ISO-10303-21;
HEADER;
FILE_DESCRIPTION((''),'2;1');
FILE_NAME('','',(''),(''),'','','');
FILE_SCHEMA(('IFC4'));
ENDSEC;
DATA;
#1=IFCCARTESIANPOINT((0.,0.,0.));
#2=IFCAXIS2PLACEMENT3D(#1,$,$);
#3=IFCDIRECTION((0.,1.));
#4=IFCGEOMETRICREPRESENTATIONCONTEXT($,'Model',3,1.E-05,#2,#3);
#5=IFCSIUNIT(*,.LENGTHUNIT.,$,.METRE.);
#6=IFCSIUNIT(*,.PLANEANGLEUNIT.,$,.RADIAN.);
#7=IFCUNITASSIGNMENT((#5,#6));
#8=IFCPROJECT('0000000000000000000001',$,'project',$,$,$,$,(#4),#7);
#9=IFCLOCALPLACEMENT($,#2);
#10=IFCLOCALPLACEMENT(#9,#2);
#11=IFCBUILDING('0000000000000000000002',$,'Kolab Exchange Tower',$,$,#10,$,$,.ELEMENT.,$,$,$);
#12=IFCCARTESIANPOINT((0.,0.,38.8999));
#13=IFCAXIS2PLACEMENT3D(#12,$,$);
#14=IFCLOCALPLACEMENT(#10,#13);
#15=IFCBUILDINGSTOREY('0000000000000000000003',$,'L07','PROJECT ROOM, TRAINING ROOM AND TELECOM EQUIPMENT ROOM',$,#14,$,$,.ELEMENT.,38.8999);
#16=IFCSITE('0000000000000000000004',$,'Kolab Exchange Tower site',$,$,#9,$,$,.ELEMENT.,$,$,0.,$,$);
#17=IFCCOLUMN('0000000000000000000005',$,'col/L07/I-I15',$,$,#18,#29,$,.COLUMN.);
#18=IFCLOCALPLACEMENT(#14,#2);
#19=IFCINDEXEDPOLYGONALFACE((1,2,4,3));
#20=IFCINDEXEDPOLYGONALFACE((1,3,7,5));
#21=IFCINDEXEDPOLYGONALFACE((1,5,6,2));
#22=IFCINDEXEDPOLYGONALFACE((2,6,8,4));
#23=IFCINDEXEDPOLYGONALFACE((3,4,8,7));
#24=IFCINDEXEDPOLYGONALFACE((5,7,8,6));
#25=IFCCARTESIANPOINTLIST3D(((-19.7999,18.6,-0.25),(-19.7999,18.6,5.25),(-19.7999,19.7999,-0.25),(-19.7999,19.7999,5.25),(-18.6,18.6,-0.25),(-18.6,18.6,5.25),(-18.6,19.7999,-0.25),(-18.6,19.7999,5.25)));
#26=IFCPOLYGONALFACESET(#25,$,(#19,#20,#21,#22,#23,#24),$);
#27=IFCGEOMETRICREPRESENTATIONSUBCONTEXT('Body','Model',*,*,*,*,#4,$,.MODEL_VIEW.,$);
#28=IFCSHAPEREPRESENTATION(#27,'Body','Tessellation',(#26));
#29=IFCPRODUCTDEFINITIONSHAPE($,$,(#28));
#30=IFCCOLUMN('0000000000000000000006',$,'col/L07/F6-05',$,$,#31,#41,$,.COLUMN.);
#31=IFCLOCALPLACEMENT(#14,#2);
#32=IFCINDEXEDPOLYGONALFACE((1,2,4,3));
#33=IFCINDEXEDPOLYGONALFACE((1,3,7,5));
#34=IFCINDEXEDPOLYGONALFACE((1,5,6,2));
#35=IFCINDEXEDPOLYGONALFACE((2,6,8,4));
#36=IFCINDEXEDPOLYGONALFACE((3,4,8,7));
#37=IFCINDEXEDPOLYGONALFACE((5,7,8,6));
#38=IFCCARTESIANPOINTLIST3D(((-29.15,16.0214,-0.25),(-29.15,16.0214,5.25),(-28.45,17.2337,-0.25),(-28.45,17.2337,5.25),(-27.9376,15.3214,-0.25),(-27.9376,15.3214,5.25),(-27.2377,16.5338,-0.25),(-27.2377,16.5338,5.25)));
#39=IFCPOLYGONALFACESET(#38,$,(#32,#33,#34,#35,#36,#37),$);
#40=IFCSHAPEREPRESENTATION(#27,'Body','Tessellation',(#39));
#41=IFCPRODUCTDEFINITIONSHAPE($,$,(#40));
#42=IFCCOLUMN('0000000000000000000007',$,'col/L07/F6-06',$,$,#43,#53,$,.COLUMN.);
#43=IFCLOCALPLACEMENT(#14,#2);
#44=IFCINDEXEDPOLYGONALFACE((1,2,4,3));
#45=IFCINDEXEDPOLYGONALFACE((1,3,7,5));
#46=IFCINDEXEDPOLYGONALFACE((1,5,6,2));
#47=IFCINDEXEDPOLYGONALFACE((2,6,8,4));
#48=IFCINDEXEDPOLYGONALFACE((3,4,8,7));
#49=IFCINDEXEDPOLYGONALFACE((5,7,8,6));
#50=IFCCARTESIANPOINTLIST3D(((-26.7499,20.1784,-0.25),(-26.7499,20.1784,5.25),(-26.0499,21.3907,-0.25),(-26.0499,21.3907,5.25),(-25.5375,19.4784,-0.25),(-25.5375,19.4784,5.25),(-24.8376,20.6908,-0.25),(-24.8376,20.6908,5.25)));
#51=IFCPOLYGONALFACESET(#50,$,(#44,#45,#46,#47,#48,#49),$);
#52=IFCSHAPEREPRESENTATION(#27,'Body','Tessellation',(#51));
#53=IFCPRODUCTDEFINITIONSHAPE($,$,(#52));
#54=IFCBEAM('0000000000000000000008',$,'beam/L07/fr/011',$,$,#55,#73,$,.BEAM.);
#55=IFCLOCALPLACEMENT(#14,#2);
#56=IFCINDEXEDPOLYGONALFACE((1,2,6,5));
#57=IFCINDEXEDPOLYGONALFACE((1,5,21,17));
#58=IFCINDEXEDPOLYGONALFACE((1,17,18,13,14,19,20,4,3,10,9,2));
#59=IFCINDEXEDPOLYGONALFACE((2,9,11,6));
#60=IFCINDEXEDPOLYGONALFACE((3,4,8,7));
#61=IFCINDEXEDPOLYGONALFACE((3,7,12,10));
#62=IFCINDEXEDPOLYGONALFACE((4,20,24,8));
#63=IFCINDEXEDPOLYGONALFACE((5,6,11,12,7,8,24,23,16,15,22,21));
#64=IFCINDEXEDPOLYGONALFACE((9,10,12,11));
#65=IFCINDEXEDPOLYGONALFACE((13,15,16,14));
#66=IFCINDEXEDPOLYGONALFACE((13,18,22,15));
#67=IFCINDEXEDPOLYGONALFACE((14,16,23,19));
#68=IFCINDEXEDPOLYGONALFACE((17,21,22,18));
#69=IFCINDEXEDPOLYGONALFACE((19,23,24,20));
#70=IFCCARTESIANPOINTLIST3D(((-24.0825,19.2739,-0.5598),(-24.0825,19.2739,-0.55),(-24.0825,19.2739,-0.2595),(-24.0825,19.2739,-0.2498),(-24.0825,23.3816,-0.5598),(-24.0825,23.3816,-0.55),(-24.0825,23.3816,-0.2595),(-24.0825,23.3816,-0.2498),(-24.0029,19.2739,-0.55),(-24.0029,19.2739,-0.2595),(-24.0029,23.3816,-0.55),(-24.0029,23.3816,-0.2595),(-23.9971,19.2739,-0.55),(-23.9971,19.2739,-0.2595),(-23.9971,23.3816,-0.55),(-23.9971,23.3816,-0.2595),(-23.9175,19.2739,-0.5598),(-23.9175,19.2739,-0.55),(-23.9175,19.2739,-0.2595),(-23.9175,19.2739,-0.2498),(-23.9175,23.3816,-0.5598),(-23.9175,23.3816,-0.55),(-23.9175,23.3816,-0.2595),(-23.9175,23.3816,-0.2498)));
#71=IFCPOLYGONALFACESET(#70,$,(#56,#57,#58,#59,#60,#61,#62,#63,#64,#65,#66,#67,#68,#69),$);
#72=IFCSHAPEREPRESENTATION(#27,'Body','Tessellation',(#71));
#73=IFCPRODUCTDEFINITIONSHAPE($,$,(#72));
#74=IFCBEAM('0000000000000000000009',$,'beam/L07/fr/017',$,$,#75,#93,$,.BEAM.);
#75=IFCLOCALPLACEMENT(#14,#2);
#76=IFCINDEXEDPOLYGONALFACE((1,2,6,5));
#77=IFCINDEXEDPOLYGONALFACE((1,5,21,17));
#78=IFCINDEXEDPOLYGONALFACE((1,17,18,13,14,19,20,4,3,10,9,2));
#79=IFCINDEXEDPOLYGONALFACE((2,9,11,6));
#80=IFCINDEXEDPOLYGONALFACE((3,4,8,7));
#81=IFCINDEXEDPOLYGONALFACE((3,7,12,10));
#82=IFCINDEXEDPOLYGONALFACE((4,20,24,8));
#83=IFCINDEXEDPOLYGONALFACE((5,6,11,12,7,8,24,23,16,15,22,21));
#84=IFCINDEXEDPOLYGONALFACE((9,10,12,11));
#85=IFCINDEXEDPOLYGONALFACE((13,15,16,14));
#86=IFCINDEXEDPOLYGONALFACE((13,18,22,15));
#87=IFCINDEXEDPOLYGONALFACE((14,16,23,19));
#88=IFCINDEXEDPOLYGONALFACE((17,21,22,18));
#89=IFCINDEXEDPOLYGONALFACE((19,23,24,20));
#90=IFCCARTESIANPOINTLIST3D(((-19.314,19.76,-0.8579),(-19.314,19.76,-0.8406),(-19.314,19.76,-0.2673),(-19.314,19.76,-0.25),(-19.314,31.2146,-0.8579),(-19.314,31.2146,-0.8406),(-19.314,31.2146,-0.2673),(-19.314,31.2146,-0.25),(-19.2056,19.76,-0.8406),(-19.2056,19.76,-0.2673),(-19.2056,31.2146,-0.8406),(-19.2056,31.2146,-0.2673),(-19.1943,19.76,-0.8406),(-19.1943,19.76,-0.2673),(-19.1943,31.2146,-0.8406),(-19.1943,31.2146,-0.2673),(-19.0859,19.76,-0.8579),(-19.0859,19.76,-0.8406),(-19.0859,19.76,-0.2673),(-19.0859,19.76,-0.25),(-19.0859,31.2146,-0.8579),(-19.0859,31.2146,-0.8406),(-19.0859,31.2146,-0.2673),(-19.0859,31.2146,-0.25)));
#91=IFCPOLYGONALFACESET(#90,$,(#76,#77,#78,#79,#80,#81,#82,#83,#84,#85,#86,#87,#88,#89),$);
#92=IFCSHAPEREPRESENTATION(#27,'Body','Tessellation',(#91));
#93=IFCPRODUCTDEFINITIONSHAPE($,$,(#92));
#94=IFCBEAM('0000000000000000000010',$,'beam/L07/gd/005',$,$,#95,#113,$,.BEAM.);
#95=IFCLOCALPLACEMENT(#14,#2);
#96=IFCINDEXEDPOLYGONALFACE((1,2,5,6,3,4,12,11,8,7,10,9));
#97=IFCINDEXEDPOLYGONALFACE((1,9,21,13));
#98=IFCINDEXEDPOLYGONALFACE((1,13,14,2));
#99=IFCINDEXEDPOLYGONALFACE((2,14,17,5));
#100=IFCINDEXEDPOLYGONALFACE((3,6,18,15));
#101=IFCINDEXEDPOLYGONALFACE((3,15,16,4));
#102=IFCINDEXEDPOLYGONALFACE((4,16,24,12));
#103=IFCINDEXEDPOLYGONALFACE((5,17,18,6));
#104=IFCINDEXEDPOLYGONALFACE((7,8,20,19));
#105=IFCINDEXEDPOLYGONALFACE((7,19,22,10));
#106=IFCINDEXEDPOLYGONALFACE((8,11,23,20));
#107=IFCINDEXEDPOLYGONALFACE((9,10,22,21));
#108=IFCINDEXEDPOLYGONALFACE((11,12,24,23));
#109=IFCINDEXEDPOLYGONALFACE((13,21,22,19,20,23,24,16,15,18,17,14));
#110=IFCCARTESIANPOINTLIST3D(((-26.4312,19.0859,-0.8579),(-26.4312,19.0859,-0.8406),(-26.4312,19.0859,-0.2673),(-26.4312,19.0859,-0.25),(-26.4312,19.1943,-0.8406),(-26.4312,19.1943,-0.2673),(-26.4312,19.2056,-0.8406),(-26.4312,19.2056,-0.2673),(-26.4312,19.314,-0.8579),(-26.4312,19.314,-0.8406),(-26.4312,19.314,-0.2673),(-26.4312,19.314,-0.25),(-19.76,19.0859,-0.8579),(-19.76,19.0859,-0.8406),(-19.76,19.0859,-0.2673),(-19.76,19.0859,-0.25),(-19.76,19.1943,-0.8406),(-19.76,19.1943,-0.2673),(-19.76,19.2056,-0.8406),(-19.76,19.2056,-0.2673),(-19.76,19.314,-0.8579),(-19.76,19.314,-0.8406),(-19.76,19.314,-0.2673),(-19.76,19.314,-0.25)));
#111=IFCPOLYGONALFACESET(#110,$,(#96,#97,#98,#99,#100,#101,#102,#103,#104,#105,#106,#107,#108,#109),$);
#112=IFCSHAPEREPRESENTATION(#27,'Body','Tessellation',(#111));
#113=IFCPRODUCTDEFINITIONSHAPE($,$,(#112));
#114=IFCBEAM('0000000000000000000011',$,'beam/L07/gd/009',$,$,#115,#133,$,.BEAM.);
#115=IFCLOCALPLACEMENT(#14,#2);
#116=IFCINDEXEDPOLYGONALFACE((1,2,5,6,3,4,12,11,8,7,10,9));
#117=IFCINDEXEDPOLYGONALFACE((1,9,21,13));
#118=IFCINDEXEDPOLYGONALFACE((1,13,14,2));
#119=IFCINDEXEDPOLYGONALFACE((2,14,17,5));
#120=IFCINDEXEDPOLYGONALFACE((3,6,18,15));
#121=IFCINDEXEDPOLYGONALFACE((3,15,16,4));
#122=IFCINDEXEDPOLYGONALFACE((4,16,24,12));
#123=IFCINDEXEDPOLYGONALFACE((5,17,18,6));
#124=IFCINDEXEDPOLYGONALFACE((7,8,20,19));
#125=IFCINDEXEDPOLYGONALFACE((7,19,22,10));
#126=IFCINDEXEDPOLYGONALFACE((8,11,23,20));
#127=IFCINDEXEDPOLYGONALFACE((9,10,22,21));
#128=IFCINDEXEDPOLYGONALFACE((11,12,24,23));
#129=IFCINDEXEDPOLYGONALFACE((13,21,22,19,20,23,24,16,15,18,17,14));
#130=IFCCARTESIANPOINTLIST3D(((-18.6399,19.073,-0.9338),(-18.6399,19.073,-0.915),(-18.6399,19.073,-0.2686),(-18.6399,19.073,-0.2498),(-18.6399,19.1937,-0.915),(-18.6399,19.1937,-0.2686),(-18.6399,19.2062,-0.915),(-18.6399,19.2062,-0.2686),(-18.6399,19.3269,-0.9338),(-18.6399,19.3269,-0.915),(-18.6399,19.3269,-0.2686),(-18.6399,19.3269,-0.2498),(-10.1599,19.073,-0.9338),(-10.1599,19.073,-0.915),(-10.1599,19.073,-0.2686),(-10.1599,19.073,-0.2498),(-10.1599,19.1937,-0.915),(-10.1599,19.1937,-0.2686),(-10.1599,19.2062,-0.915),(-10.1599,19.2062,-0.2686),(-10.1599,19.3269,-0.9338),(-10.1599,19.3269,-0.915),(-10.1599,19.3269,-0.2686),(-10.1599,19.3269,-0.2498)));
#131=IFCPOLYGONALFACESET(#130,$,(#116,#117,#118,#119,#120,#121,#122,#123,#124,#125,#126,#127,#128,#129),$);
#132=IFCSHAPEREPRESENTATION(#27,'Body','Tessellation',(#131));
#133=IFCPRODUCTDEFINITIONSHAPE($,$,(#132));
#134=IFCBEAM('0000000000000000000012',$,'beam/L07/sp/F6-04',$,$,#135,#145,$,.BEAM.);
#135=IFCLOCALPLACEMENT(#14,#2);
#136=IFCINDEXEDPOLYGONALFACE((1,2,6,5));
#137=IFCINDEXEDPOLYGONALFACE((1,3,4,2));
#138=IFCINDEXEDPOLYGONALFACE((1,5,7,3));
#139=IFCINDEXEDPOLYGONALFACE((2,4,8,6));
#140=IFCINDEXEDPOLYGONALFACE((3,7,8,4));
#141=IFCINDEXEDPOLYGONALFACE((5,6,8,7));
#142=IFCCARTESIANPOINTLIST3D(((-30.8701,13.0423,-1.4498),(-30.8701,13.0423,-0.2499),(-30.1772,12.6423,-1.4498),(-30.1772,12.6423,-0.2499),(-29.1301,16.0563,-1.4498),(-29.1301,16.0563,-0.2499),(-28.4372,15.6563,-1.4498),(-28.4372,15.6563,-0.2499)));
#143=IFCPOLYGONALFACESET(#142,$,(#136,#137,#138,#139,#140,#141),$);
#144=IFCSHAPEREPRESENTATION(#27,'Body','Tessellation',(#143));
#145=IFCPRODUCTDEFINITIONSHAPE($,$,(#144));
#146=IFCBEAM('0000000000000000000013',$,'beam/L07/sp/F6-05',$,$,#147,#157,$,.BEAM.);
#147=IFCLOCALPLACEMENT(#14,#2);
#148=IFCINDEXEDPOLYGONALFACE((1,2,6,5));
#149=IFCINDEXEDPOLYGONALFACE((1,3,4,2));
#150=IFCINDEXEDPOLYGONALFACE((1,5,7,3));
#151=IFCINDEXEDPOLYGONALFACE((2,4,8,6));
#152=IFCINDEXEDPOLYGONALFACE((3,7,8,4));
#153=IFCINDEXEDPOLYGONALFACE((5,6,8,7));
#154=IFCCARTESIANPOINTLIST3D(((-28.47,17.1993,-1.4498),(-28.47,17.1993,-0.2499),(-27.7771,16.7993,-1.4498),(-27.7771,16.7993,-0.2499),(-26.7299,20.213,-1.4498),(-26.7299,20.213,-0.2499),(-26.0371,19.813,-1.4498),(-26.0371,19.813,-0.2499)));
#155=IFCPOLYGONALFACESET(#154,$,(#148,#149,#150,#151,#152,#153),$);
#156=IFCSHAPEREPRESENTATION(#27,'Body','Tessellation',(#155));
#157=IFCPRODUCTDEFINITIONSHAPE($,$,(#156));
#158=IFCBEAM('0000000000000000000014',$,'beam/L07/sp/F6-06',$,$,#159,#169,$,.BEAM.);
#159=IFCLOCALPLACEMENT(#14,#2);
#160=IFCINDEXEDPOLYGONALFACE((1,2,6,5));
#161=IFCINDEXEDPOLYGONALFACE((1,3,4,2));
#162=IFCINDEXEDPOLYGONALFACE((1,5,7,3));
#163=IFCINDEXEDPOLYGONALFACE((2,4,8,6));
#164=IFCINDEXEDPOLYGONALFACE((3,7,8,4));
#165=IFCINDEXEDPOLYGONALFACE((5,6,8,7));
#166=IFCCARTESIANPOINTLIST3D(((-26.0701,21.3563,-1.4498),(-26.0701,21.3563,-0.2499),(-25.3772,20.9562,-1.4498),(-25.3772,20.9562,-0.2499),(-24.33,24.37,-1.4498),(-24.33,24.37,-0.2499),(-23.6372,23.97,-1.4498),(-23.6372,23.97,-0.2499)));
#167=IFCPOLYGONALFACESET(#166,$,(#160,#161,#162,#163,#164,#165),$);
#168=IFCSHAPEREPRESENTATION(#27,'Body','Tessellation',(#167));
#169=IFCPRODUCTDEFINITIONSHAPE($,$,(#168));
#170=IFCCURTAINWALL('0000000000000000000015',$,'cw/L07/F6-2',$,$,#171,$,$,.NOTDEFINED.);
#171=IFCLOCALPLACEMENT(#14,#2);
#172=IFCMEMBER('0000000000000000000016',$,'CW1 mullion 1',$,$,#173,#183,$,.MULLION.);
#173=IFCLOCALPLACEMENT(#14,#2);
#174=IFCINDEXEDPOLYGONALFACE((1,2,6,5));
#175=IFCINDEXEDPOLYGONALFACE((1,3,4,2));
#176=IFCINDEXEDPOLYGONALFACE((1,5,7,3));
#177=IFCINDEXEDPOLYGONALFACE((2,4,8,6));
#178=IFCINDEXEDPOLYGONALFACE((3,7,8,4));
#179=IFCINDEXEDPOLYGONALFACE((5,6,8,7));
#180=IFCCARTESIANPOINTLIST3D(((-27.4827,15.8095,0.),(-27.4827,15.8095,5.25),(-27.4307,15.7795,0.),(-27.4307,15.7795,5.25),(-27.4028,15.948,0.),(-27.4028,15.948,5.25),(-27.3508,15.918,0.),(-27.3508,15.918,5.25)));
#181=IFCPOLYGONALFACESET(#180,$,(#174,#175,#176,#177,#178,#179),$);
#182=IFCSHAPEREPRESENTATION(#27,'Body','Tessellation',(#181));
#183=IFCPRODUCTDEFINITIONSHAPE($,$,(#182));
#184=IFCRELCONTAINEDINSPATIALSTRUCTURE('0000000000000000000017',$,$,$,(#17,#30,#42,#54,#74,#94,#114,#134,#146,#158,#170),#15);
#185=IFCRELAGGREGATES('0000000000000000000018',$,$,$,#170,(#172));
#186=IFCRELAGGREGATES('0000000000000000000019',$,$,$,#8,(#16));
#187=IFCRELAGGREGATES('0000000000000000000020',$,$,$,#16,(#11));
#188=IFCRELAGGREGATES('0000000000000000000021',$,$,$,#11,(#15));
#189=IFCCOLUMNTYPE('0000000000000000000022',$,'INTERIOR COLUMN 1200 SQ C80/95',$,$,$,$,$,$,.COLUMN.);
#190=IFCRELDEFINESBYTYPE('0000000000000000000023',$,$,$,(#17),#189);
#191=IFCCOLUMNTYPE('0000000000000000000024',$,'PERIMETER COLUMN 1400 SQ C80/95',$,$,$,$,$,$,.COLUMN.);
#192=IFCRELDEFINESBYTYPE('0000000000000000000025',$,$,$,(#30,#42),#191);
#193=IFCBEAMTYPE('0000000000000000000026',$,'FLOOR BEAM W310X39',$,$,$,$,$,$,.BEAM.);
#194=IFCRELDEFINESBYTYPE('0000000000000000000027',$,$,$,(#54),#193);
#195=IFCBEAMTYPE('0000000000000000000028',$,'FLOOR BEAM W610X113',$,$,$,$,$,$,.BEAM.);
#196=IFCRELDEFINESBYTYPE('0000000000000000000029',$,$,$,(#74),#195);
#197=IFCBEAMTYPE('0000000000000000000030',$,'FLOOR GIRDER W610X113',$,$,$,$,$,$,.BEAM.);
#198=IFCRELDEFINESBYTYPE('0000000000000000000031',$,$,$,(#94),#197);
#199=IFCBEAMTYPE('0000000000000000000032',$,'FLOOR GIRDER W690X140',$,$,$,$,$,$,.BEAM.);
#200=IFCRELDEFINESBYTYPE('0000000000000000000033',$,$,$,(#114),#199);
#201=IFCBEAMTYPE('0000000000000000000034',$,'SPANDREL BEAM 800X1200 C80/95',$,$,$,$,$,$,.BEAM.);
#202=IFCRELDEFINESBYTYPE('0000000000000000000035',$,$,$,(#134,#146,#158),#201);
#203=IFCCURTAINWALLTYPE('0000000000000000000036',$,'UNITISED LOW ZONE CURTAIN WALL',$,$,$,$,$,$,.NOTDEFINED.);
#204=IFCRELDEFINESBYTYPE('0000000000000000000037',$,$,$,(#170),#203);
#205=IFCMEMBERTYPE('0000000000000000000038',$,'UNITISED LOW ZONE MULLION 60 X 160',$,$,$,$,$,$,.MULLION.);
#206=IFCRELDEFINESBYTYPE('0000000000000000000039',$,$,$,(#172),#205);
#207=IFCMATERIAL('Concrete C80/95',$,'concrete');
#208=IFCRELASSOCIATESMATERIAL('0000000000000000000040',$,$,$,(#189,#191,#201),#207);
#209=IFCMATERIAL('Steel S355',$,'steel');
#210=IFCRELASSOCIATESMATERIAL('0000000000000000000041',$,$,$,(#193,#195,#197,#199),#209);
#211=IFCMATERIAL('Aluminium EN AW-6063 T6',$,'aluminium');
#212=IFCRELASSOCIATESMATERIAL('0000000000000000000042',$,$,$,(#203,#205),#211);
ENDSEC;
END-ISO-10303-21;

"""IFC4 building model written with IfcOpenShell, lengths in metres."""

from ifc_helpers import new_model, si_unit, direction, frame, origin, origin_2d, place, context, subcontext, project, spatial, rectangle, i_section, extrude, material, material_profile, profile_set, type_object, element, aggregate, save


model = new_model("IFC4")

# Units and contexts
model_context = context("Model", 3, precision=1e-05, world=origin(), true_north=direction((0.0, 1.0)))
body_context = subcontext(model_context, "Body", "Model", "MODEL_VIEW")
ifc_project = project(units=[si_unit("LENGTHUNIT", "METRE"), si_unit("PLANEANGLEUNIT", "RADIAN")], contexts=[model_context])

# Site, building, storey
site_placement = place(None, origin())
site = spatial("IfcSite", under=ifc_project, at=site_placement, Name="Kolab Exchange Tower site", CompositionType="ELEMENT", RefElevation=0.0)
building_placement = place(site_placement, origin())
building = spatial("IfcBuilding", under=site, at=building_placement, Name="Kolab Exchange Tower", CompositionType="ELEMENT")
storey_placement = place(building_placement, frame((0.0, 0.0, 38.8999)))
storey = spatial("IfcBuildingStorey", under=building, at=storey_placement, Name="L07", Description="PROJECT ROOM, TRAINING ROOM AND TELECOM EQUIPMENT ROOM", CompositionType="ELEMENT", Elevation=38.8999)

# Columns
ifc_material_1 = material(Name="Concrete C80/95", Category="concrete")
ifc_material_profile_1 = material_profile(ifc_material_1, rectangle(XDim=1.2, YDim=1.2, at=origin_2d()), Name="RC1200")
ifc_profile_set_1 = profile_set([ifc_material_profile_1], Name="Concrete C80/95")
column_type_1 = type_object("IfcColumnType", Name="INTERIOR COLUMN 1200 SQ C80/95", PredefinedType="COLUMN", material=ifc_profile_set_1)
column_placement = place(storey_placement, frame((-19.2, 19.2, -0.25), z_axis=(0.0, 0.0, 1.0), x_axis=(1.0, 0.0, 0.0)))
element("IfcColumn", 1, at=column_placement, inside=storey, type_object=column_type_1, Name="col/L07/I-I15", PredefinedType="COLUMN", context=body_context, shape_type="SweptSolid", body=[
    extrude(rectangle(XDim=1.2, YDim=1.2, at=origin_2d()), origin(), (0.0, 0.0, 1.0), 5.5),
])
ifc_material_profile_2 = material_profile(ifc_material_1, rectangle(XDim=1.3999, YDim=1.3999, at=origin_2d()), Name="RC1400")
ifc_profile_set_2 = profile_set([ifc_material_profile_2], Name="Concrete C80/95")
column_type_2 = type_object("IfcColumnType", Name="PERIMETER COLUMN 1400 SQ C80/95", PredefinedType="COLUMN", material=ifc_profile_set_2)
for number, where, z_axis, x_axis, name in (
    (2, (-28.1938, 16.2776, -0.25), (0.0, 0.0, 1.0), (0.5, 0.866025, 0.0), "col/L07/F6-05"),
    (3, (-25.7937, 20.4346, -0.25), (0.0, 0.0, 1.0), (0.5, 0.866025, 0.0), "col/L07/F6-06"),
):
    element("IfcColumn", number, at=place(storey_placement, frame(where, z_axis=z_axis, x_axis=x_axis)), inside=storey, type_object=column_type_2, Name=name, PredefinedType="COLUMN", context=body_context, shape_type="SweptSolid", body=[
        extrude(rectangle(XDim=1.3999, YDim=1.3999, at=origin_2d()), origin(), (0.0, 0.0, 1.0), 5.5),
    ])

# Beams
ifc_material_2 = material(Name="Steel S355", Category="steel")
ifc_material_profile_3 = material_profile(ifc_material_2, i_section(OverallWidth=0.165, OverallDepth=0.3101, WebThickness=0.0059, FlangeThickness=0.0098, at=origin_2d()), Name="W310X39")
ifc_profile_set_3 = profile_set([ifc_material_profile_3], Name="Steel S355")
beam_type_1 = type_object("IfcBeamType", Name="FLOOR BEAM W310X39", PredefinedType="BEAM", material=ifc_profile_set_3)
beam_1_placement = place(storey_placement, frame((-24.0, 19.2739, -0.4048), z_axis=(0.0, 1.0, 0.0), x_axis=(-1.0, 0.0, 0.0)))
element("IfcBeam", 4, at=beam_1_placement, inside=storey, type_object=beam_type_1, Name="beam/L07/fr/011", PredefinedType="BEAM", context=body_context, shape_type="SweptSolid", body=[
    extrude(i_section(OverallWidth=0.165, OverallDepth=0.3101, WebThickness=0.0059, FlangeThickness=0.0098, at=origin_2d()), origin(), (0.0, 0.0, 1.0), 4.1077),
])
ifc_material_profile_4 = material_profile(ifc_material_2, i_section(OverallWidth=0.228, OverallDepth=0.6079, WebThickness=0.0112, FlangeThickness=0.0173, at=origin_2d()), Name="W610X113")
ifc_profile_set_4 = profile_set([ifc_material_profile_4], Name="Steel S355")
beam_type_2 = type_object("IfcBeamType", Name="FLOOR BEAM W610X113", PredefinedType="BEAM", material=ifc_profile_set_4)
beam_2_placement = place(storey_placement, frame((-19.2, 19.76, -0.554), z_axis=(0.0, 1.0, 0.0), x_axis=(-1.0, 0.0, 0.0)))
element("IfcBeam", 5, at=beam_2_placement, inside=storey, type_object=beam_type_2, Name="beam/L07/fr/017", PredefinedType="BEAM", context=body_context, shape_type="SweptSolid", body=[
    extrude(i_section(OverallWidth=0.228, OverallDepth=0.6079, WebThickness=0.0112, FlangeThickness=0.0173, at=origin_2d()), origin(), (0.0, 0.0, 1.0), 11.4546),
])
ifc_material_profile_5 = material_profile(ifc_material_2, i_section(OverallWidth=0.228, OverallDepth=0.6079, WebThickness=0.0112, FlangeThickness=0.0173, at=origin_2d()), Name="W610X113")
ifc_profile_set_5 = profile_set([ifc_material_profile_5], Name="Steel S355")
beam_type_3 = type_object("IfcBeamType", Name="FLOOR GIRDER W610X113", PredefinedType="BEAM", material=ifc_profile_set_5)
beam_3_placement = place(storey_placement, frame((-26.4312, 19.2, -0.554), z_axis=(1.0, 0.0, 0.0), x_axis=(0.0, 1.0, 0.0)))
element("IfcBeam", 6, at=beam_3_placement, inside=storey, type_object=beam_type_3, Name="beam/L07/gd/005", PredefinedType="BEAM", context=body_context, shape_type="SweptSolid", body=[
    extrude(i_section(OverallWidth=0.228, OverallDepth=0.6079, WebThickness=0.0112, FlangeThickness=0.0173, at=origin_2d()), origin(), (0.0, 0.0, 1.0), 6.6711),
])
ifc_material_profile_6 = material_profile(ifc_material_2, i_section(OverallWidth=0.2539, OverallDepth=0.6841, WebThickness=0.0125, FlangeThickness=0.0188, at=origin_2d()), Name="W690X140")
ifc_profile_set_6 = profile_set([ifc_material_profile_6], Name="Steel S355")
beam_type_4 = type_object("IfcBeamType", Name="FLOOR GIRDER W690X140", PredefinedType="BEAM", material=ifc_profile_set_6)
beam_4_placement = place(storey_placement, frame((-18.6399, 19.2, -0.5918), z_axis=(1.0, 0.0, 0.0), x_axis=(0.0, 1.0, 0.0)))
element("IfcBeam", 7, at=beam_4_placement, inside=storey, type_object=beam_type_4, Name="beam/L07/gd/009", PredefinedType="BEAM", context=body_context, shape_type="SweptSolid", body=[
    extrude(i_section(OverallWidth=0.2539, OverallDepth=0.6841, WebThickness=0.0125, FlangeThickness=0.0188, at=origin_2d()), origin(), (0.0, 0.0, 1.0), 8.48),
])
ifc_material_profile_7 = material_profile(ifc_material_1, rectangle(XDim=0.8, YDim=1.2, at=origin_2d()), Name="RC800X1200")
ifc_profile_set_7 = profile_set([ifc_material_profile_7], Name="Concrete C80/95")
beam_type_5 = type_object("IfcBeamType", Name="SPANDREL BEAM 800X1200 C80/95", PredefinedType="BEAM", material=ifc_profile_set_7)
beam_5_placement = place(storey_placement, frame((-30.5237, 12.8423, -0.8499), z_axis=(0.49998, 0.866037, 0.0), x_axis=(-0.866037, 0.49998, 0.0)))
element("IfcBeam", 8, at=beam_5_placement, inside=storey, type_object=beam_type_5, Name="beam/L07/sp/F6-04", PredefinedType="BEAM", context=body_context, shape_type="SweptSolid", body=[
    extrude(rectangle(XDim=0.8, YDim=1.2, at=origin_2d()), origin(), (0.0, 0.0, 1.0), 3.4802),
])
for number, where, z_axis, x_axis, name in (
    (9, (-28.1235, 16.9993, -0.8499), (0.50001, 0.86602, 0.0), (-0.86602, 0.50001, 0.0), "beam/L07/sp/F6-05"),
    (10, (-25.7236, 21.1562, -0.8499), (0.50001, 0.86602, 0.0), (-0.86602, 0.50001, 0.0), "beam/L07/sp/F6-06"),
):
    element("IfcBeam", number, at=place(storey_placement, frame(where, z_axis=z_axis, x_axis=x_axis)), inside=storey, type_object=beam_type_5, Name=name, PredefinedType="BEAM", context=body_context, shape_type="SweptSolid", body=[
        extrude(rectangle(XDim=0.8, YDim=1.2, at=origin_2d()), origin(), (0.0, 0.0, 1.0), 3.48),
    ])

# Curtain wall, member
ifc_material_3 = material(Name="Aluminium EN AW-6063 T6", Category="aluminium")
curtain_wall_type = type_object("IfcCurtainWallType", Name="UNITISED LOW ZONE CURTAIN WALL", PredefinedType="NOTDEFINED", material=ifc_material_3)
curtain_wall_placement = place(storey_placement, origin())
curtain_wall = element("IfcCurtainWall", 11, at=curtain_wall_placement, inside=storey, type_object=curtain_wall_type, Name="cw/L07/F6-2", PredefinedType="NOTDEFINED")
ifc_material_profile_8 = material_profile(ifc_material_3, rectangle(XDim=0.0601, YDim=0.1599, at=origin_2d()), Name="RECT 60X160")
ifc_profile_set_8 = profile_set([ifc_material_profile_8], Name="Aluminium EN AW-6063 T6")
member_type_1 = type_object("IfcMemberType", Name="UNITISED LOW ZONE MULLION 60 X 160", PredefinedType="MULLION", material=ifc_profile_set_8)
member_1_placement = place(storey_placement, frame((-27.4167, 15.8638, 0.0), z_axis=(0.0, 0.0, 1.0), x_axis=(-0.866025, 0.5, 0.0)))
member_1 = element("IfcMember", 12, at=member_1_placement, type_object=member_type_1, Name="CW1 mullion 1", PredefinedType="MULLION", context=body_context, shape_type="SweptSolid", body=[
    extrude(rectangle(XDim=0.0601, YDim=0.1599, at=origin_2d()), origin(), (0.0, 0.0, 1.0), 5.25),
])
aggregate(curtain_wall, [member_1])

save(model, "model.ifc")
